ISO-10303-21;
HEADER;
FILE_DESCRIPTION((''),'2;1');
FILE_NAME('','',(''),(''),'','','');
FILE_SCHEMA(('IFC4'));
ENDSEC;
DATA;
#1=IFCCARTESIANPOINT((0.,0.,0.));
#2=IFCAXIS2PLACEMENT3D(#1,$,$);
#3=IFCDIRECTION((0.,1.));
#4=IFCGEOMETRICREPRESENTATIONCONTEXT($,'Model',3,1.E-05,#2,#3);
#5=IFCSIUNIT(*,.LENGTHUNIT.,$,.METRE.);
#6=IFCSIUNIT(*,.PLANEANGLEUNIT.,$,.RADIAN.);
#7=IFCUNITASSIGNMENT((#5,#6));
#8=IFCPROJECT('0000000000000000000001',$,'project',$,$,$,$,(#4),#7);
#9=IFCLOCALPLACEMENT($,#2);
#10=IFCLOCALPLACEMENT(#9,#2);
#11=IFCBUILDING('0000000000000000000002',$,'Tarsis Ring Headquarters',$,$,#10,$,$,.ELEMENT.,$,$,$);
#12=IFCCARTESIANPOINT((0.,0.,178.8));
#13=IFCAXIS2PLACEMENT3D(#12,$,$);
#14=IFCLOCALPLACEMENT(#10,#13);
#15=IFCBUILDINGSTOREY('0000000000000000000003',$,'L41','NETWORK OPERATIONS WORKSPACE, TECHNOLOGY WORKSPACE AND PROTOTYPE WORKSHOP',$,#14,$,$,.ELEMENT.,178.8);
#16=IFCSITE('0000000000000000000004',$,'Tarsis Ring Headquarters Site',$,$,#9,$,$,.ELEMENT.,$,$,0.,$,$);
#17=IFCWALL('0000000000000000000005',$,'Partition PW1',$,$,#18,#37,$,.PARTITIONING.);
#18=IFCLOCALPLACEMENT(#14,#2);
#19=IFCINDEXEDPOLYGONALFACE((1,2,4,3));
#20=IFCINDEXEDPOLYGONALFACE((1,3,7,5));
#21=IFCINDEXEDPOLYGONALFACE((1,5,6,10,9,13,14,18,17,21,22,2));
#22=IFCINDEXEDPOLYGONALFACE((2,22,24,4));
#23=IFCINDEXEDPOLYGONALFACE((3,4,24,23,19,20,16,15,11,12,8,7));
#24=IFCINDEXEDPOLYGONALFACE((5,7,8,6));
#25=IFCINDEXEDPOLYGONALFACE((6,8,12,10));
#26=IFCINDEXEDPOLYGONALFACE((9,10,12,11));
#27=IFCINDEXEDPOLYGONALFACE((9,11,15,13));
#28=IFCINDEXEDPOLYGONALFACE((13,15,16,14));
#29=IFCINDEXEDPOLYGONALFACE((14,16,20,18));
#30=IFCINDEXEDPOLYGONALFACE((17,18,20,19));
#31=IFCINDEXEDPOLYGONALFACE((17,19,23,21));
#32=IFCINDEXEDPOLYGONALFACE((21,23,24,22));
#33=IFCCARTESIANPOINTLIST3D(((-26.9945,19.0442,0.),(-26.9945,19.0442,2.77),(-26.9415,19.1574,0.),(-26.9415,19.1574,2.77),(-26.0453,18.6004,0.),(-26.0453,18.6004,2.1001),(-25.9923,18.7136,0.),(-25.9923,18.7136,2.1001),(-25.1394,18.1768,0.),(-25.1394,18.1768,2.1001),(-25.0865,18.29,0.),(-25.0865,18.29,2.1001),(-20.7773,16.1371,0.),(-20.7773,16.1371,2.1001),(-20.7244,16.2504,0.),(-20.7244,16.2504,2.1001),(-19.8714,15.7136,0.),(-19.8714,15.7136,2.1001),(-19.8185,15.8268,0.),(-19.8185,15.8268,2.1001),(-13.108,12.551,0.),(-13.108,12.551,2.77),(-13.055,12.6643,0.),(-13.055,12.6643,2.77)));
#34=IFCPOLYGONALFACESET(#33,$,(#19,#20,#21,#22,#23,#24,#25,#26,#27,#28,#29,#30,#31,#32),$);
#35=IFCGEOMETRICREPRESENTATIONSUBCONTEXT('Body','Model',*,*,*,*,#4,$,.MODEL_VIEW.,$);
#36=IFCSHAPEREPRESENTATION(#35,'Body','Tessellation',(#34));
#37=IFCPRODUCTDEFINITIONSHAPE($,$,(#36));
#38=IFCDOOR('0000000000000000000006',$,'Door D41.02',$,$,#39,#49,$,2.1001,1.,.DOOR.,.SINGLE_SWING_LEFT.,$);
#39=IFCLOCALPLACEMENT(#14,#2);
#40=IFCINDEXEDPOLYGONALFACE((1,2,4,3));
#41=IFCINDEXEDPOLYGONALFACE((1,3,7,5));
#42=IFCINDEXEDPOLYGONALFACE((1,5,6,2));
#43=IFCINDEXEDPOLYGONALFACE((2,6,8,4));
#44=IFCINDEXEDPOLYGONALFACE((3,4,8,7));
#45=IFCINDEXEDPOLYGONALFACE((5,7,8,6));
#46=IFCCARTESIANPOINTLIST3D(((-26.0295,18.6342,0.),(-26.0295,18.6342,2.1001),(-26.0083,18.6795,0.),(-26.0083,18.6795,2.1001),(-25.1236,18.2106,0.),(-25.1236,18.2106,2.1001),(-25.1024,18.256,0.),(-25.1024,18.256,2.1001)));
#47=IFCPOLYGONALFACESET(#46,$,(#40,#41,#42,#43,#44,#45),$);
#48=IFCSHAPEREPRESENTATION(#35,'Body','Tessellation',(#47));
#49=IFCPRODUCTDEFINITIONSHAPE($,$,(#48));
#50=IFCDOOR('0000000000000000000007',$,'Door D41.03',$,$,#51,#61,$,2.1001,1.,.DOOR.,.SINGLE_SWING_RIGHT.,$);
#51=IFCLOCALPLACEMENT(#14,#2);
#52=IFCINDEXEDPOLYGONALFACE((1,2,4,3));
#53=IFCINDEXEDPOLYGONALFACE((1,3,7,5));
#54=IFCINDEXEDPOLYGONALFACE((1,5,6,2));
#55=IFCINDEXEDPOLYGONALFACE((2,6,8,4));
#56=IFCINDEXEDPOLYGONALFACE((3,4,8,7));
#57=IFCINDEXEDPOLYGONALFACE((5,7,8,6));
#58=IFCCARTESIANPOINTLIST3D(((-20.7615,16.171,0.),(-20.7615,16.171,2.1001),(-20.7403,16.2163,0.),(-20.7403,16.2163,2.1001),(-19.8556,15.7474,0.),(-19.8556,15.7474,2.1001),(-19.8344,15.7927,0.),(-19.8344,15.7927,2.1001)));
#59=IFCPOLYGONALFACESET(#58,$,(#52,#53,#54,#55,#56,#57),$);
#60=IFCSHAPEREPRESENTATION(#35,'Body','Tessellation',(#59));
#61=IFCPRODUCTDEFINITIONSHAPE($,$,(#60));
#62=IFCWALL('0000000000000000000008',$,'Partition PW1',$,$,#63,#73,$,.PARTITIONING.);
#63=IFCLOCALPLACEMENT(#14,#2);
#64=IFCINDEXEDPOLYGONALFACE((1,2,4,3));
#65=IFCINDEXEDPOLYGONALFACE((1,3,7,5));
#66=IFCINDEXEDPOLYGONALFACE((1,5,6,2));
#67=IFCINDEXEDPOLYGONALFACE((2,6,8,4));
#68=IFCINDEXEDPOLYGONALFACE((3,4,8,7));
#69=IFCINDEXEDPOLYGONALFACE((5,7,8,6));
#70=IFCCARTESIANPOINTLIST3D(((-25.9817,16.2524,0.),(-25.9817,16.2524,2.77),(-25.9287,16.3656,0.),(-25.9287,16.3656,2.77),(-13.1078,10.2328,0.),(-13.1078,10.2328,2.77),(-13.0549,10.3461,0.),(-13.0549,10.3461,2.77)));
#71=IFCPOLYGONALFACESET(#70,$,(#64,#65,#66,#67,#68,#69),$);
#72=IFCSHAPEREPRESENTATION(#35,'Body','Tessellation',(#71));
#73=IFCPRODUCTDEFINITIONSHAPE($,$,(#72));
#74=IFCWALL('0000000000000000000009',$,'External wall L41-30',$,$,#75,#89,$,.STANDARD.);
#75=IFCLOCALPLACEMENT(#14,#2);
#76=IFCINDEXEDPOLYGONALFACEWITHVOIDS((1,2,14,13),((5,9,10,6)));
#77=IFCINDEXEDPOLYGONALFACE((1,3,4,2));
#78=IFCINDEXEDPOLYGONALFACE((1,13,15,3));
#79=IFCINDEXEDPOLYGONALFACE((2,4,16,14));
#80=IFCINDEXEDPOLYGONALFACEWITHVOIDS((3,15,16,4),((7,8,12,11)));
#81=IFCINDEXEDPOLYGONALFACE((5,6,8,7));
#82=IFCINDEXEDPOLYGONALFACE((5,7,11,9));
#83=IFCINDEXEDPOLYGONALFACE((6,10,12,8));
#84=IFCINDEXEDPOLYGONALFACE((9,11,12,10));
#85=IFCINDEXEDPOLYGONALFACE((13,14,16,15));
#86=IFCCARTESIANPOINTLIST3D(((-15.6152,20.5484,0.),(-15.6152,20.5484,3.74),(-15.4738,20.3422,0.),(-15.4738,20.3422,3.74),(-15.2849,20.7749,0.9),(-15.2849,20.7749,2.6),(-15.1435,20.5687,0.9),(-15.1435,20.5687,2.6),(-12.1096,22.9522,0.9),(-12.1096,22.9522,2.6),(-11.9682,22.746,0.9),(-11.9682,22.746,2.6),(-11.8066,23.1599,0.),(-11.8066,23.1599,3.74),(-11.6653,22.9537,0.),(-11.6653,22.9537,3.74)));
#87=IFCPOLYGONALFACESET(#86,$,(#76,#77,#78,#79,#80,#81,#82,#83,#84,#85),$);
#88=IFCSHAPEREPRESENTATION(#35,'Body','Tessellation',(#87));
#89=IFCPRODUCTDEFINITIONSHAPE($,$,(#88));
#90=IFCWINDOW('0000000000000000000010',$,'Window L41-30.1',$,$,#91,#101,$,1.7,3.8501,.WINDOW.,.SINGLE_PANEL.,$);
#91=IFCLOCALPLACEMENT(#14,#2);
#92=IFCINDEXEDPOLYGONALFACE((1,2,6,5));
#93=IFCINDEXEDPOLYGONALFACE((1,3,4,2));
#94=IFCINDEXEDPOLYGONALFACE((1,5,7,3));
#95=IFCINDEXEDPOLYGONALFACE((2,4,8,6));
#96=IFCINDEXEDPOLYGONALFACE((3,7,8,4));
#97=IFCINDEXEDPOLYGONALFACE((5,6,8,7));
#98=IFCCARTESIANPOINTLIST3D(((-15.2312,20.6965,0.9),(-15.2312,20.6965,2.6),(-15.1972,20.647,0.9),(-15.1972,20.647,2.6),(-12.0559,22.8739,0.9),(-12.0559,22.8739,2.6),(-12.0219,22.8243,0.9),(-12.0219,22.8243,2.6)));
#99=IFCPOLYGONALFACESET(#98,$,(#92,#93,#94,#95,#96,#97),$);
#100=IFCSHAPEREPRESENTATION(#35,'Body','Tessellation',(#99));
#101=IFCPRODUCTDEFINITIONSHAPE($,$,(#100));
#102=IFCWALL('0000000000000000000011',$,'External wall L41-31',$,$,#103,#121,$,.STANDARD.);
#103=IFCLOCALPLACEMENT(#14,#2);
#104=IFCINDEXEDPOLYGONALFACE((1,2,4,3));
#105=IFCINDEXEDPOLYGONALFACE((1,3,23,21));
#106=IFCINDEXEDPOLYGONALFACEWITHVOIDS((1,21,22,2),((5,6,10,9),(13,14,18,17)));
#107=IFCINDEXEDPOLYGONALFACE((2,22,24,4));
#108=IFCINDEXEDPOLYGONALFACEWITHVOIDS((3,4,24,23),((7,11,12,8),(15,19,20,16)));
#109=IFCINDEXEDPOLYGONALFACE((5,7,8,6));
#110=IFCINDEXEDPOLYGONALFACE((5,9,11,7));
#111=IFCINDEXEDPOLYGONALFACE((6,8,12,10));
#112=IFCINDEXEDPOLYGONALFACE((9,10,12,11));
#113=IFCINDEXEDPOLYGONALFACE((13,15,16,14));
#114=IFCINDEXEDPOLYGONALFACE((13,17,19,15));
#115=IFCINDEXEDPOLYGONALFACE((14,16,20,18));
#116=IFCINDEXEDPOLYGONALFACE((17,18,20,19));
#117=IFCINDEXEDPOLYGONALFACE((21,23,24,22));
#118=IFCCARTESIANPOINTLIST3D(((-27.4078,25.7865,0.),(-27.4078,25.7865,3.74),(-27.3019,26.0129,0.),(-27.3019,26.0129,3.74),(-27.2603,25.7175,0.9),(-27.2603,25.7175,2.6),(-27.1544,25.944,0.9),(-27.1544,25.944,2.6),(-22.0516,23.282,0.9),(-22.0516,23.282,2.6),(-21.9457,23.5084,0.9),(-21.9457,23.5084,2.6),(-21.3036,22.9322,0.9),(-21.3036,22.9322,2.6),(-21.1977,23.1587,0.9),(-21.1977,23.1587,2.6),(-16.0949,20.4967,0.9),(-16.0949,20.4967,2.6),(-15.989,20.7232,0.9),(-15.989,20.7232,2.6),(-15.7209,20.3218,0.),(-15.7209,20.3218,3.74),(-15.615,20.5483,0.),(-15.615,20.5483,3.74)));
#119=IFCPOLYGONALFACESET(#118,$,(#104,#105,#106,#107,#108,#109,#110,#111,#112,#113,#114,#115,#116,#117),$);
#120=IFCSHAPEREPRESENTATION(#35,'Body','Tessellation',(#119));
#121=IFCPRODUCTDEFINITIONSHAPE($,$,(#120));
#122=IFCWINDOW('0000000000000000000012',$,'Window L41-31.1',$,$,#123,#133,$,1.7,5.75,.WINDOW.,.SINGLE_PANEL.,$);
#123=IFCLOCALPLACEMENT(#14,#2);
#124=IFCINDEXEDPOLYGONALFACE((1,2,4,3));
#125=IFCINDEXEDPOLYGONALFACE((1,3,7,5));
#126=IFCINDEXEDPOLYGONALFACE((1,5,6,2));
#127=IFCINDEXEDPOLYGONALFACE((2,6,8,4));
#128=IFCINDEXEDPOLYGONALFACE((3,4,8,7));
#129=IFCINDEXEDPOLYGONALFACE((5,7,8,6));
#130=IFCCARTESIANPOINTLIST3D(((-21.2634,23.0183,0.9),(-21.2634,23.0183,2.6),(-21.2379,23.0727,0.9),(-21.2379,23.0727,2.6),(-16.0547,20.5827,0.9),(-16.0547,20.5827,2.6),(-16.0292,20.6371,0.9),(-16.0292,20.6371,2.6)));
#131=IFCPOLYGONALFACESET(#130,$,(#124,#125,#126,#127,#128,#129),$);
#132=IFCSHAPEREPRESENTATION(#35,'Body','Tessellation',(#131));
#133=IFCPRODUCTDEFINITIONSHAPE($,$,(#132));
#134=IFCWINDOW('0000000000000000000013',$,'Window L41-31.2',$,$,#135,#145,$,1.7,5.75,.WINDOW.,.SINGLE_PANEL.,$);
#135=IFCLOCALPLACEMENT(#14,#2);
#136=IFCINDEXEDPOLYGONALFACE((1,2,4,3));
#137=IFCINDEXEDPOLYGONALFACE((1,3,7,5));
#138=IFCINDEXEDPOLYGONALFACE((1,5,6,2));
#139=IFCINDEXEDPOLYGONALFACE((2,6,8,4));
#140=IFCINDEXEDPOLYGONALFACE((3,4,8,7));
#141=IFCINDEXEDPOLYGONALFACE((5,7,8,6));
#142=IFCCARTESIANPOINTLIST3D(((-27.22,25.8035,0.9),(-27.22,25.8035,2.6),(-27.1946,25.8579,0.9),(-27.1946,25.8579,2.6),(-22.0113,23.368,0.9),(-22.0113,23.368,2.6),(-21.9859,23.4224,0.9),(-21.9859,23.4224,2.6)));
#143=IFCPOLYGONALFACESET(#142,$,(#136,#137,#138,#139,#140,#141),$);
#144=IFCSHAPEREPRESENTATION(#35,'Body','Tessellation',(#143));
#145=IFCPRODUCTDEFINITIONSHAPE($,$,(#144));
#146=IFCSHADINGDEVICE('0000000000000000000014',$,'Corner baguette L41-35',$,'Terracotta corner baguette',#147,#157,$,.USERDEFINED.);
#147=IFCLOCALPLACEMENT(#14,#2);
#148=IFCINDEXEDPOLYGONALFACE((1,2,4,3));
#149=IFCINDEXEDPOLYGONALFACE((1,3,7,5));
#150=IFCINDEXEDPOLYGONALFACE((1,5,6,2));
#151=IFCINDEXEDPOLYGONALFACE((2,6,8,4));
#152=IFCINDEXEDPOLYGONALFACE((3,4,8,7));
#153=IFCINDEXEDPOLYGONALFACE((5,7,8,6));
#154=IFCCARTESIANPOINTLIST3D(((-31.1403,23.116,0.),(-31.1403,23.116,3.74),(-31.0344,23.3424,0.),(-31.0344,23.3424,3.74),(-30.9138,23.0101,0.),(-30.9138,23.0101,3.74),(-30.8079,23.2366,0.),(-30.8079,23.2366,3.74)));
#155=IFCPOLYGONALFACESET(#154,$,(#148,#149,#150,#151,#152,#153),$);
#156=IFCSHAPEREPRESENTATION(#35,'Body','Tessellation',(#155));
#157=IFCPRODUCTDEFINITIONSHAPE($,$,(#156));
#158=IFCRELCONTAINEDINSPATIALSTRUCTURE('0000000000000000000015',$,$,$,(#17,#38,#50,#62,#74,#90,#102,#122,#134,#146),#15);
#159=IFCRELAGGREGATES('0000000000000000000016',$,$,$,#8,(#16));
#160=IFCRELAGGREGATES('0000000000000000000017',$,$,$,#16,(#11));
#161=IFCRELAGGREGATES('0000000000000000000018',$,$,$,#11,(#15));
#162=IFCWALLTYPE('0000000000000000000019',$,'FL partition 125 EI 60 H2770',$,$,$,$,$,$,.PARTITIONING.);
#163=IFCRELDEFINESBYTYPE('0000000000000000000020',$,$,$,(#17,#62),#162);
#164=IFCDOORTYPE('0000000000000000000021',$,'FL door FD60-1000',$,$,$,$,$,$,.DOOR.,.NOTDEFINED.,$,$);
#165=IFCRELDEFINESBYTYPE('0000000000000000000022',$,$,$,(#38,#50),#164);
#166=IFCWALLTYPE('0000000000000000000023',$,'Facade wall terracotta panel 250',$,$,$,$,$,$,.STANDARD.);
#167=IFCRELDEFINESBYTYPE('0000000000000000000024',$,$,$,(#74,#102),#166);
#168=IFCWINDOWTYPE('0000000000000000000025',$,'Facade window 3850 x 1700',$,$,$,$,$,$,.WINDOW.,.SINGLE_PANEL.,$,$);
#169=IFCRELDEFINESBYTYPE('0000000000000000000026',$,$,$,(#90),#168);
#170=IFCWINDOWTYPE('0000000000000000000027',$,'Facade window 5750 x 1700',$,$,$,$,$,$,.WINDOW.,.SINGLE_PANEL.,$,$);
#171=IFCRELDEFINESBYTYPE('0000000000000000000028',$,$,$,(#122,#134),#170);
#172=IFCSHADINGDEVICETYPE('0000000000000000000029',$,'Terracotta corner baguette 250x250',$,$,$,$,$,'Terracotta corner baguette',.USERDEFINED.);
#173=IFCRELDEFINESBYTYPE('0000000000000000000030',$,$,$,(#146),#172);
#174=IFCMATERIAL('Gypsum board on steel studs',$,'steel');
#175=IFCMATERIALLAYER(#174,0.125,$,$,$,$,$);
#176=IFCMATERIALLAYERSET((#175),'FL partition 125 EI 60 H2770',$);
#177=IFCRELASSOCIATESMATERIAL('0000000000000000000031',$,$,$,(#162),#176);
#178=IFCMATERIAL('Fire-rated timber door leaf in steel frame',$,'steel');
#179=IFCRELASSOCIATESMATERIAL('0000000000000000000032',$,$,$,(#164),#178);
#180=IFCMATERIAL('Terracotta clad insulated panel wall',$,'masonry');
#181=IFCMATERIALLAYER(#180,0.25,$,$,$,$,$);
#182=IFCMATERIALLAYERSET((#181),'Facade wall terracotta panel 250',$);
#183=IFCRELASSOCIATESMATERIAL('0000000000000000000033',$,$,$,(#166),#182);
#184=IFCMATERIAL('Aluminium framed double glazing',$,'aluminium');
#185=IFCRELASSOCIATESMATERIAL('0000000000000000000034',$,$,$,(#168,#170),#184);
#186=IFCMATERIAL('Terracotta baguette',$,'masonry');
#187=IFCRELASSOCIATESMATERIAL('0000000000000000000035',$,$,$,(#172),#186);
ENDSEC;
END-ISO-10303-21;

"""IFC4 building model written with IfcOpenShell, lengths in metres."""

from ifc_helpers import new_model, si_unit, direction, frame, frame_2d, origin, origin_2d, place, context, subcontext, project, spatial, rectangle, extrude, material, layer, layer_set, type_object, element, fill, save


model = new_model("IFC4")

# Units and contexts
model_context = context("Model", 3, precision=1e-05, world=origin(), true_north=direction((0.0, 1.0)))
body_context = subcontext(model_context, "Body", "Model", "MODEL_VIEW")
ifc_project = project(units=[si_unit("LENGTHUNIT", "METRE"), si_unit("PLANEANGLEUNIT", "RADIAN")], contexts=[model_context])

# Site, building, storey
site_placement = place(None, origin())
site = spatial("IfcSite", under=ifc_project, at=site_placement, Name="Tarsis Ring Headquarters Site", CompositionType="ELEMENT", RefElevation=0.0)
building_placement = place(site_placement, origin())
building = spatial("IfcBuilding", under=site, at=building_placement, Name="Tarsis Ring Headquarters", CompositionType="ELEMENT")
storey_placement = place(building_placement, frame((0.0, 0.0, 178.8)))
storey = spatial("IfcBuildingStorey", under=building, at=storey_placement, Name="L41", Description="NETWORK OPERATIONS WORKSPACE, TECHNOLOGY WORKSPACE AND PROTOTYPE WORKSHOP", CompositionType="ELEMENT", Elevation=178.8)

# Shared definitions
ifc_material_1 = material(Name="Gypsum board on steel studs", Category="steel")

# Wall, openings, doors
ifc_layer_1 = layer(ifc_material_1, 0.125)
ifc_layer_set_1 = layer_set([ifc_layer_1], Name="FL partition 125 EI 60 H2770")
wall_type_1 = type_object("IfcWallType", Name="FL partition 125 EI 60 H2770", PredefinedType="PARTITIONING", material=ifc_layer_set_1)
wall_1_placement = place(storey_placement, frame((-26.968, 19.1008, 0.0), z_axis=(0.0, 0.0, 1.0), x_axis=(0.905863, -0.423572, 0.0)))
wall_1 = element("IfcWall", 1, at=wall_1_placement, inside=storey, type_object=wall_type_1, Name="Partition PW1", PredefinedType="PARTITIONING", context=body_context, shape_type="SweptSolid", body=[
    extrude(rectangle(XDim=15.3296, YDim=0.125, at=frame_2d((7.6648, 0.0))), origin(), (0.0, 0.0, 1.0), 2.77),
])
opening_1_placement = place(wall_1_placement, frame((1.0479, 0.0, 0.0)))
opening_1 = element("IfcOpeningElement", 2, at=opening_1_placement, cuts=wall_1, PredefinedType="OPENING", context=body_context, shape_type="SweptSolid", body=[
    extrude(rectangle(XDim=1.0, YDim=2.1001, at=frame_2d((0.5, 1.05))), frame((0.0, 0.0725, 0.0), z_axis=(0.0, -1.0, 0.0), x_axis=(1.0, 0.0, 0.0)), (0.0, 0.0, 1.0), 0.145),
])
opening_2_placement = place(wall_1_placement, frame((6.8633, 0.0, 0.0)))
opening_2 = element("IfcOpeningElement", 3, at=opening_2_placement, cuts=wall_1, PredefinedType="OPENING", context=body_context, shape_type="SweptSolid", body=[
    extrude(rectangle(XDim=1.0, YDim=2.1001, at=frame_2d((0.5, 1.05))), frame((0.0, 0.0725, 0.0), z_axis=(0.0, -1.0, 0.0), x_axis=(1.0, 0.0, 0.0)), (0.0, 0.0, 1.0), 0.145),
])
ifc_material_2 = material(Name="Fire-rated timber door leaf in steel frame", Category="steel")
door_type = type_object("IfcDoorType", Name="FL door FD60-1000", OperationType="NOTDEFINED", PredefinedType="DOOR", material=ifc_material_2)
door_1_placement = place(opening_1_placement, origin())
door_1 = element("IfcDoor", 4, at=door_1_placement, inside=storey, type_object=door_type, Name="Door D41.02", OperationType="SINGLE_SWING_LEFT", OverallHeight=2.1001, OverallWidth=1.0, PredefinedType="DOOR", context=body_context, shape_type="SweptSolid", body=[
    extrude(rectangle(XDim=1.0, YDim=2.1001, at=frame_2d((0.5, 1.05))), frame((0.0, 0.0249, 0.0), z_axis=(0.0, -1.0, 0.0), x_axis=(1.0, 0.0, 0.0)), (0.0, 0.0, 1.0), 0.05),
])
fill(opening_1, door_1)
door_2_placement = place(opening_2_placement, origin())
door_2 = element("IfcDoor", 5, at=door_2_placement, inside=storey, type_object=door_type, Name="Door D41.03", OperationType="SINGLE_SWING_RIGHT", OverallHeight=2.1001, OverallWidth=1.0, PredefinedType="DOOR", context=body_context, shape_type="SweptSolid", body=[
    extrude(rectangle(XDim=1.0, YDim=2.1001, at=frame_2d((0.5, 1.05))), frame((0.0, 0.0249, 0.0), z_axis=(0.0, -1.0, 0.0), x_axis=(1.0, 0.0, 0.0)), (0.0, 0.0, 1.0), 0.05),
])
fill(opening_2, door_2)

# Wall
wall_2_placement = place(storey_placement, frame((-25.9553, 16.3091, 0.0), z_axis=(0.0, 0.0, 1.0), x_axis=(0.905866, -0.423565, 0.0)))
element("IfcWall", 6, at=wall_2_placement, inside=storey, type_object=wall_type_1, Name="Partition PW1", PredefinedType="PARTITIONING", context=body_context, shape_type="SweptSolid", body=[
    extrude(rectangle(XDim=14.2117, YDim=0.125, at=frame_2d((7.106, 0.0))), origin(), (0.0, 0.0, 1.0), 2.77),
])

# Wall, opening, window
ifc_material_3 = material(Name="Terracotta clad insulated panel wall", Category="masonry")
ifc_layer_2 = layer(ifc_material_3, 0.25)
ifc_layer_set_2 = layer_set([ifc_layer_2], Name="Facade wall terracotta panel 250")
wall_type_2 = type_object("IfcWallType", Name="Facade wall terracotta panel 250", PredefinedType="STANDARD", material=ifc_layer_set_2)
wall_3_placement = place(storey_placement, frame((-11.7358, 23.0569, 0.0), z_axis=(0.0, 0.0, 1.0), x_axis=(-0.824732, -0.565523, 0.0)))
wall_3 = element("IfcWall", 7, at=wall_3_placement, inside=storey, type_object=wall_type_2, Name="External wall L41-30", PredefinedType="STANDARD", context=body_context, shape_type="SweptSolid", body=[
    extrude(rectangle(XDim=4.6179, YDim=0.25, at=frame_2d((2.3091, 0.0))), origin(), (0.0, 0.0, 1.0), 3.74),
])
opening_3_placement = place(wall_3_placement, frame((0.3674, 0.0, 0.8999)))
opening_3 = element("IfcOpeningElement", 8, at=opening_3_placement, cuts=wall_3, PredefinedType="OPENING", context=body_context, shape_type="SweptSolid", body=[
    extrude(rectangle(XDim=3.8501, YDim=1.7, at=frame_2d((1.925, 0.8501))), frame((0.0, 0.135, 0.0), z_axis=(0.0, -1.0, 0.0), x_axis=(1.0, 0.0, 0.0)), (0.0, 0.0, 1.0), 0.27),
])
ifc_material_4 = material(Name="Aluminium framed double glazing", Category="aluminium")
window_type_1 = type_object("IfcWindowType", Name="Facade window 3850 x 1700", PartitioningType="SINGLE_PANEL", PredefinedType="WINDOW", material=ifc_material_4)
window_1_placement = place(opening_3_placement, origin())
window_1 = element("IfcWindow", 9, at=window_1_placement, inside=storey, type_object=window_type_1, Name="Window L41-30.1", OverallHeight=1.7, OverallWidth=3.8501, PartitioningType="SINGLE_PANEL", PredefinedType="WINDOW", context=body_context, shape_type="SweptSolid", body=[
    extrude(rectangle(XDim=3.8501, YDim=1.7, at=frame_2d((1.925, 0.8501))), frame((0.0, 0.03, 0.0), z_axis=(0.0, -1.0, 0.0), x_axis=(1.0, 0.0, 0.0)), (0.0, 0.0, 1.0), 0.0601),
])
fill(opening_3, window_1)

# Wall, openings, windows
wall_4_placement = place(storey_placement, frame((-15.668, 20.4351, 0.0), z_axis=(0.0, 0.0, 1.0), x_axis=(-0.905863, 0.423571, 0.0)))
wall_4 = element("IfcWall", 10, at=wall_4_placement, inside=storey, type_object=wall_type_2, Name="External wall L41-31", PredefinedType="STANDARD", context=body_context, shape_type="SweptSolid", body=[
    extrude(rectangle(XDim=12.9014, YDim=0.25, at=frame_2d((6.4507, 0.0))), origin(), (0.0, 0.0, 1.0), 3.74),
])
opening_4_placement = place(wall_4_placement, frame((0.4128, 0.0, 0.8999)))
opening_4 = element("IfcOpeningElement", 11, at=opening_4_placement, cuts=wall_4, PredefinedType="OPENING", context=body_context, shape_type="SweptSolid", body=[
    extrude(rectangle(XDim=5.75, YDim=1.7, at=frame_2d((2.875, 0.8501))), frame((0.0, 0.135, 0.0), z_axis=(0.0, -1.0, 0.0), x_axis=(1.0, 0.0, 0.0)), (0.0, 0.0, 1.0), 0.27),
])
opening_5_placement = place(wall_4_placement, frame((6.9885, 0.0, 0.8999)))
opening_5 = element("IfcOpeningElement", 12, at=opening_5_placement, cuts=wall_4, PredefinedType="OPENING", context=body_context, shape_type="SweptSolid", body=[
    extrude(rectangle(XDim=5.75, YDim=1.7, at=frame_2d((2.875, 0.8501))), frame((0.0, 0.135, 0.0), z_axis=(0.0, -1.0, 0.0), x_axis=(1.0, 0.0, 0.0)), (0.0, 0.0, 1.0), 0.27),
])
window_type_2 = type_object("IfcWindowType", Name="Facade window 5750 x 1700", PartitioningType="SINGLE_PANEL", PredefinedType="WINDOW", material=ifc_material_4)
window_2_placement = place(opening_4_placement, origin())
window_2 = element("IfcWindow", 13, at=window_2_placement, inside=storey, type_object=window_type_2, Name="Window L41-31.1", OverallHeight=1.7, OverallWidth=5.75, PartitioningType="SINGLE_PANEL", PredefinedType="WINDOW", context=body_context, shape_type="SweptSolid", body=[
    extrude(rectangle(XDim=5.75, YDim=1.7, at=frame_2d((2.875, 0.8501))), frame((0.0, 0.03, 0.0), z_axis=(0.0, -1.0, 0.0), x_axis=(1.0, 0.0, 0.0)), (0.0, 0.0, 1.0), 0.0601),
])
fill(opening_4, window_2)
window_3_placement = place(opening_5_placement, origin())
window_3 = element("IfcWindow", 14, at=window_3_placement, inside=storey, type_object=window_type_2, Name="Window L41-31.2", OverallHeight=1.7, OverallWidth=5.75, PartitioningType="SINGLE_PANEL", PredefinedType="WINDOW", context=body_context, shape_type="SweptSolid", body=[
    extrude(rectangle(XDim=5.75, YDim=1.7, at=frame_2d((2.875, 0.8501))), frame((0.0, 0.03, 0.0), z_axis=(0.0, -1.0, 0.0), x_axis=(1.0, 0.0, 0.0)), (0.0, 0.0, 1.0), 0.0601),
])
fill(opening_5, window_3)

# Shading device
ifc_material_5 = material(Name="Terracotta baguette", Category="masonry")
shading_device_type = type_object("IfcShadingDeviceType", Name="Terracotta corner baguette 250x250", ElementType="Terracotta corner baguette", PredefinedType="USERDEFINED", material=ifc_material_5)
shading_device_placement = place(storey_placement, frame((-30.9741, 23.1763, 0.0), z_axis=(0.0, 0.0, 1.0), x_axis=(-0.423567, -0.905865, 0.0)))
element("IfcShadingDevice", 15, at=shading_device_placement, inside=storey, type_object=shading_device_type, Name="Corner baguette L41-35", ObjectType="Terracotta corner baguette", PredefinedType="USERDEFINED", context=body_context, shape_type="SweptSolid", body=[
    extrude(rectangle(XDim=0.25, YDim=0.25, at=origin_2d()), origin(), (0.0, 0.0, 1.0), 3.74),
])

save(model, "model.ifc")
